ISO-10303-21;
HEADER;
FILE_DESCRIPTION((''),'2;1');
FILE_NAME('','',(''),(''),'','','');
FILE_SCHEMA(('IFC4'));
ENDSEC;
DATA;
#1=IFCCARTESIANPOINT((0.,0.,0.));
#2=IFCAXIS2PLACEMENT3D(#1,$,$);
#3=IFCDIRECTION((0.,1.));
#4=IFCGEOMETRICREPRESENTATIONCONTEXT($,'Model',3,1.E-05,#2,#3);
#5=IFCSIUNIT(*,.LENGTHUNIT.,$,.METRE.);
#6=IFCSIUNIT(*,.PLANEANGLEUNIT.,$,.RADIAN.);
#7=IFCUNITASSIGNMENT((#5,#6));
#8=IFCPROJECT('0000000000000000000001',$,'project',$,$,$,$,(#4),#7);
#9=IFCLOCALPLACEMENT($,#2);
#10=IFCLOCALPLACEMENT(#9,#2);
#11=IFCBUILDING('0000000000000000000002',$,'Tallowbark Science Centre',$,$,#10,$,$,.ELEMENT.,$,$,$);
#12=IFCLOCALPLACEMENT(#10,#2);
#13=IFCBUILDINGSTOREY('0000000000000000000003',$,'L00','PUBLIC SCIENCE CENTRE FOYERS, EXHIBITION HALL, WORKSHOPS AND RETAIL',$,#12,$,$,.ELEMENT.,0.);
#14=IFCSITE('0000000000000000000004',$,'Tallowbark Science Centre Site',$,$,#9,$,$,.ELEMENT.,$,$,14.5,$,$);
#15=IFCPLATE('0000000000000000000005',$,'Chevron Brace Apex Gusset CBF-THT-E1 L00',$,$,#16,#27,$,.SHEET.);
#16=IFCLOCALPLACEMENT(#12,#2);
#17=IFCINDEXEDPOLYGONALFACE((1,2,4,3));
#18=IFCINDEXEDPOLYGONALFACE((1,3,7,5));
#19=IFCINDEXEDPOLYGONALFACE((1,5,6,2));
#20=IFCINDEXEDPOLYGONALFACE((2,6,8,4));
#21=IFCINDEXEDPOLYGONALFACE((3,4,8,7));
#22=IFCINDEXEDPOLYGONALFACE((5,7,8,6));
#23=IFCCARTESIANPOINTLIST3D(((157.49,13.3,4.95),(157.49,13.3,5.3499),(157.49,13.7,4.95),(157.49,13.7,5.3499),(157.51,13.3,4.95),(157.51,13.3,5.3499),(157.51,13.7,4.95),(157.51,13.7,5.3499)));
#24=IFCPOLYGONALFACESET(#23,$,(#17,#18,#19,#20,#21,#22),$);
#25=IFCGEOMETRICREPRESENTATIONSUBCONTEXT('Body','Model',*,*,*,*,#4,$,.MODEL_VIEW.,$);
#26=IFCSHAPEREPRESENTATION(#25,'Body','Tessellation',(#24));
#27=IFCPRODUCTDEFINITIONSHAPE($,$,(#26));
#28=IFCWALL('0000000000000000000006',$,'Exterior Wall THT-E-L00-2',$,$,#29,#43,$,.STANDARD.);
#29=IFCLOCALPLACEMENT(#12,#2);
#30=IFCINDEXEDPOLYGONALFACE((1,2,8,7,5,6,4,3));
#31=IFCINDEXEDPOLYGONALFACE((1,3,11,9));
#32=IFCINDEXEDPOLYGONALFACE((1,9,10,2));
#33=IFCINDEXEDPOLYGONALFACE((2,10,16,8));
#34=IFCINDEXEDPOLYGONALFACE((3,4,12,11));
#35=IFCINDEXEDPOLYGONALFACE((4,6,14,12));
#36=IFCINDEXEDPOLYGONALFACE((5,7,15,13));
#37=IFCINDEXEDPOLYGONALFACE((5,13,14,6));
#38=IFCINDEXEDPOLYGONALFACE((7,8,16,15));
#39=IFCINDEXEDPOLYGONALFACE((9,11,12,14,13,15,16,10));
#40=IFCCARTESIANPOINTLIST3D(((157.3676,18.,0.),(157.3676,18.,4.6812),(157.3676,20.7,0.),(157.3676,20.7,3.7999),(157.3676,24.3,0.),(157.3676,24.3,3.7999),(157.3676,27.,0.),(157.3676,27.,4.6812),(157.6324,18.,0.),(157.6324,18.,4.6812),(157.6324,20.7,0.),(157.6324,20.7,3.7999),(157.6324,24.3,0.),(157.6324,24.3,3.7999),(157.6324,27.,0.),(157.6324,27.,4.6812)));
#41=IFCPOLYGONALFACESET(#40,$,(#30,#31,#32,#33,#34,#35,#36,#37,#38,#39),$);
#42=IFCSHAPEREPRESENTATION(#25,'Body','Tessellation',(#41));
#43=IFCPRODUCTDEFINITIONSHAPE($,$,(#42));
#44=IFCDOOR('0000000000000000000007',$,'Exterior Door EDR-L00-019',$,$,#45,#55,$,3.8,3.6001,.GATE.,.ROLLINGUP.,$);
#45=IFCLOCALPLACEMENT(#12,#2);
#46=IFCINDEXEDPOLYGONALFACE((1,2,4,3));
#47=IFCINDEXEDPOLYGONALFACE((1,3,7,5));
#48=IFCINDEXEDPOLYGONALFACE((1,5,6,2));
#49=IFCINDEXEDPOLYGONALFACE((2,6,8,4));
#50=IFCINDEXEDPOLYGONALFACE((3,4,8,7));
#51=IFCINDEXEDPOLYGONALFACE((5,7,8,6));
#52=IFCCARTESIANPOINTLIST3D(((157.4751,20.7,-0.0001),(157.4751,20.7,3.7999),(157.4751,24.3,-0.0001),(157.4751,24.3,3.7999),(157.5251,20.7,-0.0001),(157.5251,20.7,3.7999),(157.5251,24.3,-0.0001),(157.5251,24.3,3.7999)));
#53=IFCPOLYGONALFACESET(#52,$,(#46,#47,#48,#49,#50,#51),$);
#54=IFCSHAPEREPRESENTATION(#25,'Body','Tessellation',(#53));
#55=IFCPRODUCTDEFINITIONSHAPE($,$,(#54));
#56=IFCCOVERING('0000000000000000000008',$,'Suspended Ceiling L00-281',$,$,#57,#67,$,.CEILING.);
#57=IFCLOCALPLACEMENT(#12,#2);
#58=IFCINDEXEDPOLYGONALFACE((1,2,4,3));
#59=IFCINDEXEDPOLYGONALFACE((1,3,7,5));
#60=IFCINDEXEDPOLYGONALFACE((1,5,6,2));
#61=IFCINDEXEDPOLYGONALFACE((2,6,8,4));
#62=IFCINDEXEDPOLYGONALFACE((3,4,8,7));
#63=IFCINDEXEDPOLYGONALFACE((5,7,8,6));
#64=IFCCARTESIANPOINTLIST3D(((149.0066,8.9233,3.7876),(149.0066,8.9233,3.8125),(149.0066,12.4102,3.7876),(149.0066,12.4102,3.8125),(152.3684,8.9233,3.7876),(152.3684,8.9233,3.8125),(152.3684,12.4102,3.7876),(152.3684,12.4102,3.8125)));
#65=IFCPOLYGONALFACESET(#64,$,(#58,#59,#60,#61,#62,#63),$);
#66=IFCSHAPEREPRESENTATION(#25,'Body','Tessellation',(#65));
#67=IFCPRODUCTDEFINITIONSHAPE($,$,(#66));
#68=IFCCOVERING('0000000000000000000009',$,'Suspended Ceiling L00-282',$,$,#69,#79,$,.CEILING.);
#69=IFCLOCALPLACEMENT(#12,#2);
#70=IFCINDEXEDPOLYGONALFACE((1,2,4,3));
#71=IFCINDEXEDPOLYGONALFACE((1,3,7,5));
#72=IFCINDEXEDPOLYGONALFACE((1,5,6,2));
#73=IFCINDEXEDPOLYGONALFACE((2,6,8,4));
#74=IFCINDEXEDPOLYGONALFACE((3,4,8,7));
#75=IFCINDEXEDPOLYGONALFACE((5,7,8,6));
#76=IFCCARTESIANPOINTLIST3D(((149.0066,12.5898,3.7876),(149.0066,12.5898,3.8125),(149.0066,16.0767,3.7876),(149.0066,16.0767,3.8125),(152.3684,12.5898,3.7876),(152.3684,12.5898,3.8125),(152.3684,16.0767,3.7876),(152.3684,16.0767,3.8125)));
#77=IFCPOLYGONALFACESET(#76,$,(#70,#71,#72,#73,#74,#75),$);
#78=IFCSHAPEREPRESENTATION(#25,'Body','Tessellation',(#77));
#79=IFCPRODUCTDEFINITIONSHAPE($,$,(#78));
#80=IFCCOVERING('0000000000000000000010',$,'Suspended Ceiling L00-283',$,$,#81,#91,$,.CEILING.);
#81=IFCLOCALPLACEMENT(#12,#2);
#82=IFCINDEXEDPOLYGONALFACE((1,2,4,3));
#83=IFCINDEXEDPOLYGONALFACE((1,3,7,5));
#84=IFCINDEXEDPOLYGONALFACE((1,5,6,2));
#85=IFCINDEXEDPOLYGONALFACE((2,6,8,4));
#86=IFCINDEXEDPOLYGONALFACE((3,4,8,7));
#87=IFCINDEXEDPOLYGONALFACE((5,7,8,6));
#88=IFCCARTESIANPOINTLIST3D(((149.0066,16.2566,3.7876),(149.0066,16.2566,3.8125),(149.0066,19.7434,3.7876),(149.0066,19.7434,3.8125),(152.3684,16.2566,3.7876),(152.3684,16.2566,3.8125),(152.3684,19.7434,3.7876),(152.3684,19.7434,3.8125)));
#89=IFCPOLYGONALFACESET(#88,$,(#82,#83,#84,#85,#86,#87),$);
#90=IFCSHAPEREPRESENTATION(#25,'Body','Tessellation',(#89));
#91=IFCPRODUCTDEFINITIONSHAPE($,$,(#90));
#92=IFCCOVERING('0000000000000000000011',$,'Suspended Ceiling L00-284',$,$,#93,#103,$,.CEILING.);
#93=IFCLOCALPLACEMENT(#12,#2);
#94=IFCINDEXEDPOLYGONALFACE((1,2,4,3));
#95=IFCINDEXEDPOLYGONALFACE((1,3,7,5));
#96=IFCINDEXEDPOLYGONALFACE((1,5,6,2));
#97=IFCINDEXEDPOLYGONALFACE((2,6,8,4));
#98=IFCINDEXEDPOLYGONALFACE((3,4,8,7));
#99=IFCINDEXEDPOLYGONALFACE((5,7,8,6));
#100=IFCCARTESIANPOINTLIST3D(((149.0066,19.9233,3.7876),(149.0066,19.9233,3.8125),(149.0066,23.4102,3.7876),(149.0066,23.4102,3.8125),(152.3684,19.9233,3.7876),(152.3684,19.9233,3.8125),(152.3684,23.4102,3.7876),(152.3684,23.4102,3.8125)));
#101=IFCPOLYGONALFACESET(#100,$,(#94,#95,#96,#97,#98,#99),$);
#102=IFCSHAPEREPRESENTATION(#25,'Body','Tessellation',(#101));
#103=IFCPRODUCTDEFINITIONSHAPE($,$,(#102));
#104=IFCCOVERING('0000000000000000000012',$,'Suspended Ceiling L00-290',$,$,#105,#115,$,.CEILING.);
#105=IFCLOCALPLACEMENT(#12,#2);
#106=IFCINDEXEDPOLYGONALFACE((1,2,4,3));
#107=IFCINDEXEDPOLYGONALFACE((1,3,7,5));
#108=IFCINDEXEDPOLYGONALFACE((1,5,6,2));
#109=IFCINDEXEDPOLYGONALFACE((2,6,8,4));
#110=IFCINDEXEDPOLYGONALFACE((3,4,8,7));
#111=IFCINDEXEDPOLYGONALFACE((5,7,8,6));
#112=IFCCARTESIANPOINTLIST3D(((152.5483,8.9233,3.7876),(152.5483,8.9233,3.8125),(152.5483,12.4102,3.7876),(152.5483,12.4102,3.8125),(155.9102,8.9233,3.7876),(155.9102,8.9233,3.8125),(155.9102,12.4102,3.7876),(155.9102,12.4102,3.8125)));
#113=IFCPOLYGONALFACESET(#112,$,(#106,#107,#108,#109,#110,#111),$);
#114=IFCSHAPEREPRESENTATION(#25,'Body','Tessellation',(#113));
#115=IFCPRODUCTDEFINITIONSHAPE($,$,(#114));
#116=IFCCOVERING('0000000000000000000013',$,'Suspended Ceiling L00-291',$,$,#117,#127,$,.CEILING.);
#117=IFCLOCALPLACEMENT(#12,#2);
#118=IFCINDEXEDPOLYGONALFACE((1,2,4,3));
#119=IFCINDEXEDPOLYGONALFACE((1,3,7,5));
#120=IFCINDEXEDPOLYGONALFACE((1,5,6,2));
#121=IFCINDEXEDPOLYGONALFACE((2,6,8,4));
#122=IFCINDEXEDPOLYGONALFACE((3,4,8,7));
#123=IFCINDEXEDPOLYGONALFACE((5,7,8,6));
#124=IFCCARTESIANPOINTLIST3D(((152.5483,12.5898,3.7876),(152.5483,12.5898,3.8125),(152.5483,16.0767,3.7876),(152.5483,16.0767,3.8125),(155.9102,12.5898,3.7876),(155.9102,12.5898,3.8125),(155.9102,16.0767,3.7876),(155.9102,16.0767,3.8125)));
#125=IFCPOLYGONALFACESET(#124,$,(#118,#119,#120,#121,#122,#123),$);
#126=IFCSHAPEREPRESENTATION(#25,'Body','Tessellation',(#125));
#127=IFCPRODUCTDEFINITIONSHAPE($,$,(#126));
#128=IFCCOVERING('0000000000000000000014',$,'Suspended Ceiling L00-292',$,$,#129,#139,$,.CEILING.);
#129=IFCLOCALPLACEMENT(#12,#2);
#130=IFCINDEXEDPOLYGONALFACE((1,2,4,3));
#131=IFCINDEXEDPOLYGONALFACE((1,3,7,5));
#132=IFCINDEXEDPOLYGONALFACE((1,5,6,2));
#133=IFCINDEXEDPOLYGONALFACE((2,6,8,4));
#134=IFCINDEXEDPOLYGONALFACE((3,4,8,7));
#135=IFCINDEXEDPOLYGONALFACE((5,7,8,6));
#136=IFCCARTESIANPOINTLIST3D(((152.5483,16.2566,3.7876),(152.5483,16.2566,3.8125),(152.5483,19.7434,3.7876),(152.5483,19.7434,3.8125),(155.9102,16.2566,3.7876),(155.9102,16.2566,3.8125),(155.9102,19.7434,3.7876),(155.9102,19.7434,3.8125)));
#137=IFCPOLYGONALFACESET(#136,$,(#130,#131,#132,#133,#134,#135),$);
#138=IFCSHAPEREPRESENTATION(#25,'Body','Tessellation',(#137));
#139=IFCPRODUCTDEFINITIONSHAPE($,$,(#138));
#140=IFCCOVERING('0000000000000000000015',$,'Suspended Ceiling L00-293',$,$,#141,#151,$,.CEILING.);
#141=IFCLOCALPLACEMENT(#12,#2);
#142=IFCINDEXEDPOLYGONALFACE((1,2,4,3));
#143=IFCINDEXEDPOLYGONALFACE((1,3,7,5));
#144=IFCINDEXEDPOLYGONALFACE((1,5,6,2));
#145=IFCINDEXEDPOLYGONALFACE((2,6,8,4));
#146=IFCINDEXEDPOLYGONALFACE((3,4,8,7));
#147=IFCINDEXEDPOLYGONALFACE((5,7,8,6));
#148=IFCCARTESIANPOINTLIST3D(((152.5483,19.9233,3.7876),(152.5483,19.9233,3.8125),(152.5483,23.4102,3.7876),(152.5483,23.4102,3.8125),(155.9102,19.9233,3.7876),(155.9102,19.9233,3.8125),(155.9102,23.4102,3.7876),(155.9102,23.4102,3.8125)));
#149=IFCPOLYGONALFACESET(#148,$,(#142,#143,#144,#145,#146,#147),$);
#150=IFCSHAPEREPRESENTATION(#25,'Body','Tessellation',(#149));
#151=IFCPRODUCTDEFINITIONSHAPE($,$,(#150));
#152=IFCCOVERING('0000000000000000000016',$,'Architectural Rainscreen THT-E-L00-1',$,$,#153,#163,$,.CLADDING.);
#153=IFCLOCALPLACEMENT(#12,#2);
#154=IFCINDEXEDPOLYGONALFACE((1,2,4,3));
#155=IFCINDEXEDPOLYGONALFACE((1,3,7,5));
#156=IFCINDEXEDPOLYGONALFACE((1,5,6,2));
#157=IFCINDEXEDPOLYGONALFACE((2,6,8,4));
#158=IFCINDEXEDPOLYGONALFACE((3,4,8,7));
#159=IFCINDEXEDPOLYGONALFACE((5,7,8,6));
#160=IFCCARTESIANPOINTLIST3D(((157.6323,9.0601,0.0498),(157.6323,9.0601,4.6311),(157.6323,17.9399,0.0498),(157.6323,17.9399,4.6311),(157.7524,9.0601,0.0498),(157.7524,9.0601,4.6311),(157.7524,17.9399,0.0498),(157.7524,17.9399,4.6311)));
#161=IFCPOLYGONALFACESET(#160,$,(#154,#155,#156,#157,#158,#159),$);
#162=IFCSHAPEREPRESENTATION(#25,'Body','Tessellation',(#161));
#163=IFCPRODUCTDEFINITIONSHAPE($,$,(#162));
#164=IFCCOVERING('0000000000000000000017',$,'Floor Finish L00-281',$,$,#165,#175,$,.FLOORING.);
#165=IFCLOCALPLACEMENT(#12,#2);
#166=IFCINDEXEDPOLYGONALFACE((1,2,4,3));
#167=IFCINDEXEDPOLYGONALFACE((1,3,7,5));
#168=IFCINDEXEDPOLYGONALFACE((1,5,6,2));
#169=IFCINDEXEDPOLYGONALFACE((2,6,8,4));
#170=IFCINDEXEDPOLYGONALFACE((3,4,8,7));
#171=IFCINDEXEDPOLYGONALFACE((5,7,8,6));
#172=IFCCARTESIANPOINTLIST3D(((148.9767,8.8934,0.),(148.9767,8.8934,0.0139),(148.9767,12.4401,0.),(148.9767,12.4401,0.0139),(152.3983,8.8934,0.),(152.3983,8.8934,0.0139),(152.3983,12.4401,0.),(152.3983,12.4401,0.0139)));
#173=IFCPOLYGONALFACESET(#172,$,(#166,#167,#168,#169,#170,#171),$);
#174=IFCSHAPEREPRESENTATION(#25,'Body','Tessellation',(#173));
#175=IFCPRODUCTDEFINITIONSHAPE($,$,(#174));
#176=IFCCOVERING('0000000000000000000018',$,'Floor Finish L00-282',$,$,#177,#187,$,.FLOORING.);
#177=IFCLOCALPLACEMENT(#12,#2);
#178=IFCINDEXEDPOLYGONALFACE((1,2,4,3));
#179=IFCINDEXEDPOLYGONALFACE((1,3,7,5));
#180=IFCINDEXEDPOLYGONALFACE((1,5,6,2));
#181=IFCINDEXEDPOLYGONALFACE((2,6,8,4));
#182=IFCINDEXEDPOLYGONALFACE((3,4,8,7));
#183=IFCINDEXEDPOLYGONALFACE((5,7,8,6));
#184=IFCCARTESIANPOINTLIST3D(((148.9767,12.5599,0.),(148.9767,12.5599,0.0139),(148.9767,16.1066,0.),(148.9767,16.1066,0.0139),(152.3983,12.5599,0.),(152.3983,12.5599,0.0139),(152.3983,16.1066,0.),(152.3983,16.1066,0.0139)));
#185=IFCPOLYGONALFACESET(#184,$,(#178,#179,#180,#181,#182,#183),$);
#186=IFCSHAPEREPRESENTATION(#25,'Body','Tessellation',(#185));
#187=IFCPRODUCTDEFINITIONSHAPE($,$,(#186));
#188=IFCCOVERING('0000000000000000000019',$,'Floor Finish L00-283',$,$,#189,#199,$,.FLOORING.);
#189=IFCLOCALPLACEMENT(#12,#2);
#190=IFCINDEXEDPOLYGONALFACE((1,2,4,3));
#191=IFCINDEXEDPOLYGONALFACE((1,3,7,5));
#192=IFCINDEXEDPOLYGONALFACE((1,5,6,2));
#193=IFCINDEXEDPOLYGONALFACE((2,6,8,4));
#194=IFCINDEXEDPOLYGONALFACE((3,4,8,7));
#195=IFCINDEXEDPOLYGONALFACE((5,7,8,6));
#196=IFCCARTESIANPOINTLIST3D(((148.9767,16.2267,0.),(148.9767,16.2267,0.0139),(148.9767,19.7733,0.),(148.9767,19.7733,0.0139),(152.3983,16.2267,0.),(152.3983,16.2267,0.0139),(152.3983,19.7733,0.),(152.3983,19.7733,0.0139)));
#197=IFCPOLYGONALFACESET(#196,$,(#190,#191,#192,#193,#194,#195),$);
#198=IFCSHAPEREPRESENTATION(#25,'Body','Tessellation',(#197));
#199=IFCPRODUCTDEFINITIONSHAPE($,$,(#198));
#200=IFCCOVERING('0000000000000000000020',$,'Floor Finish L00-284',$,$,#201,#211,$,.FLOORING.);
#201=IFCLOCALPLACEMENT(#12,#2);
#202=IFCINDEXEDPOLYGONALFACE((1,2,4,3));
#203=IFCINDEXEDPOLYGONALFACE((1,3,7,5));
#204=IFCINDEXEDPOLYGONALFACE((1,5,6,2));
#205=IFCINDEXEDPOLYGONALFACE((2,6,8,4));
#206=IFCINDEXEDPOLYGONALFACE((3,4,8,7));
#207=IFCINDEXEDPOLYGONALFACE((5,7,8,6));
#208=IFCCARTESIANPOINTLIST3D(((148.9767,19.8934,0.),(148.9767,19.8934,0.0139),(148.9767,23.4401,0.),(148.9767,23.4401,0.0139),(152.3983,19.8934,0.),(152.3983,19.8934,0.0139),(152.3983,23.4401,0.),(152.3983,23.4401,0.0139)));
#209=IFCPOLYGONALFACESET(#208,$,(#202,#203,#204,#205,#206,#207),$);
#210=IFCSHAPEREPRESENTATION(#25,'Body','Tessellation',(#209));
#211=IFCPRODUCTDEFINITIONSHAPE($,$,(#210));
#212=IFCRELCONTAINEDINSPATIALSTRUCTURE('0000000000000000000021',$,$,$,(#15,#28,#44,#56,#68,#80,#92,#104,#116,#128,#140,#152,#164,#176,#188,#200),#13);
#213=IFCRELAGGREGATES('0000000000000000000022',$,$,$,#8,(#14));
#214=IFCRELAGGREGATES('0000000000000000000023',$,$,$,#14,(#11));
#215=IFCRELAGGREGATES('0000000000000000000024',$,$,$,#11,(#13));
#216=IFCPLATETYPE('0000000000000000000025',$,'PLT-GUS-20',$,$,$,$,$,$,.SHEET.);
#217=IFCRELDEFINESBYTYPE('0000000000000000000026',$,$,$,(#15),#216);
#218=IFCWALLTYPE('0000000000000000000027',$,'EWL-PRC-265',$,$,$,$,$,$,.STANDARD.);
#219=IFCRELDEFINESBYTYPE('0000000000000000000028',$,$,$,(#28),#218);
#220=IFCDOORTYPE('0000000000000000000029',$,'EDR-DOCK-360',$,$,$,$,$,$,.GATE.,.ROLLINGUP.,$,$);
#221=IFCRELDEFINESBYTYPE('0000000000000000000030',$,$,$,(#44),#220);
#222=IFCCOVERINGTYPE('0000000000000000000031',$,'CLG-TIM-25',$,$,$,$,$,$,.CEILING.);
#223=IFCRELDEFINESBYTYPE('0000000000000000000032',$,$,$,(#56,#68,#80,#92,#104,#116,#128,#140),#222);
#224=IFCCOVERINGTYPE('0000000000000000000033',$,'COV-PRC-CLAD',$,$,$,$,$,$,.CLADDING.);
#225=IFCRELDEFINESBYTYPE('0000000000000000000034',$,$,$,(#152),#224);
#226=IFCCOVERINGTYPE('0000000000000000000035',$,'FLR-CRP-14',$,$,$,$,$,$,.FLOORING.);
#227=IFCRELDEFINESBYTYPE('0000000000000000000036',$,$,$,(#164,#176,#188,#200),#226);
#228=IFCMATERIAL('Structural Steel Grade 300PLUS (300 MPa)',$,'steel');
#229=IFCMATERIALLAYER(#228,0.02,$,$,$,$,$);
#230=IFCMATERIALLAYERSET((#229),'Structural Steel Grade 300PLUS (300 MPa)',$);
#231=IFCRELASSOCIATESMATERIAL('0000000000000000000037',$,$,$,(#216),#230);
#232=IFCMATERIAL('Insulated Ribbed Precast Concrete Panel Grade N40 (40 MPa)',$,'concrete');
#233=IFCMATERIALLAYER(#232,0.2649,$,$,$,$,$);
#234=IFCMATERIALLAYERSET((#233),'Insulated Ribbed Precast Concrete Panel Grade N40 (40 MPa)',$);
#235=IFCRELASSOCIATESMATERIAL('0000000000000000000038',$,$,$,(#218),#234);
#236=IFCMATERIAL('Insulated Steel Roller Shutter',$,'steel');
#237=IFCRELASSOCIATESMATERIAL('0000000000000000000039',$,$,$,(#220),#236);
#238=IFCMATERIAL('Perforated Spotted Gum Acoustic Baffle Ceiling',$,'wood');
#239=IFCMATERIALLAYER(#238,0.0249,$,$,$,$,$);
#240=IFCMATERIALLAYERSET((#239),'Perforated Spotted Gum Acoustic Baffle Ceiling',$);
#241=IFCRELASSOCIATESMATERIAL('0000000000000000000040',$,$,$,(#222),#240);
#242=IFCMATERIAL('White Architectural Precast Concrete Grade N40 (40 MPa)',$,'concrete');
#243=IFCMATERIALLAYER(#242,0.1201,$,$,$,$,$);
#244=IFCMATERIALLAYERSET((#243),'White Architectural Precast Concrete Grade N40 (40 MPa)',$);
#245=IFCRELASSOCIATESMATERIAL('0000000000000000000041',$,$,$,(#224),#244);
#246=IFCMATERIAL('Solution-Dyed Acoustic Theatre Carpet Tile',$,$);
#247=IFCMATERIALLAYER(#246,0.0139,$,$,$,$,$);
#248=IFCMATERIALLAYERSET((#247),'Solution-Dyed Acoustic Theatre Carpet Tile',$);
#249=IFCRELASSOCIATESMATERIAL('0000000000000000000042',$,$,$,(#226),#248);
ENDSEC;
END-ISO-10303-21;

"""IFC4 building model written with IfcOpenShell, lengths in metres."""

from ifc_helpers import new_model, si_unit, direction, frame, frame_2d, origin, origin_2d, place, context, subcontext, project, spatial, rectangle, extrude, material, layer, layer_set, type_object, element, fill, save


model = new_model("IFC4")

# Units and contexts
model_context = context("Model", 3, precision=1e-05, world=origin(), true_north=direction((0.0, 1.0)))
body_context = subcontext(model_context, "Body", "Model", "MODEL_VIEW")
ifc_project = project(units=[si_unit("LENGTHUNIT", "METRE"), si_unit("PLANEANGLEUNIT", "RADIAN")], contexts=[model_context])

# Site, building, storey
site_placement = place(None, origin())
site = spatial("IfcSite", under=ifc_project, at=site_placement, Name="Tallowbark Science Centre Site", CompositionType="ELEMENT", RefElevation=14.5)
building_placement = place(site_placement, origin())
building = spatial("IfcBuilding", under=site, at=building_placement, Name="Tallowbark Science Centre", CompositionType="ELEMENT")
storey_placement = place(building_placement, origin())
storey = spatial("IfcBuildingStorey", under=building, at=storey_placement, Name="L00", Description="PUBLIC SCIENCE CENTRE FOYERS, EXHIBITION HALL, WORKSHOPS AND RETAIL", CompositionType="ELEMENT", Elevation=0.0)

# Shared definitions
ifc_material_1 = material(Name="Structural Steel Grade 300PLUS (300 MPa)", Category="steel")

# Plate
ifc_layer_1 = layer(ifc_material_1, 0.02)
ifc_layer_set_1 = layer_set([ifc_layer_1], Name="Structural Steel Grade 300PLUS (300 MPa)")
plate_type = type_object("IfcPlateType", Name="PLT-GUS-20", PredefinedType="SHEET", material=ifc_layer_set_1)
plate_placement = place(storey_placement, frame((157.5, 13.5, 4.95), z_axis=(0.0, 0.0, 1.0), x_axis=(0.0, 1.0, 0.0)))
element("IfcPlate", 1, at=plate_placement, inside=storey, type_object=plate_type, Name="Chevron Brace Apex Gusset CBF-THT-E1 L00", PredefinedType="SHEET", context=body_context, shape_type="SweptSolid", body=[
    extrude(rectangle(XDim=0.3999, YDim=0.02, at=origin_2d()), origin(), (0.0, 0.0, 1.0), 0.3999),
])

# Wall, opening, door
ifc_material_2 = material(Name="Insulated Ribbed Precast Concrete Panel Grade N40 (40 MPa)", Category="concrete")
ifc_layer_2 = layer(ifc_material_2, 0.2649)
ifc_layer_set_2 = layer_set([ifc_layer_2], Name="Insulated Ribbed Precast Concrete Panel Grade N40 (40 MPa)")
wall_type = type_object("IfcWallType", Name="EWL-PRC-265", PredefinedType="STANDARD", material=ifc_layer_set_2)
wall_placement = place(storey_placement, frame((157.5, 18.0, 0.0), z_axis=(0.0, 0.0, 1.0), x_axis=(0.0, 1.0, 0.0)))
wall = element("IfcWall", 2, at=wall_placement, inside=storey, type_object=wall_type, Name="Exterior Wall THT-E-L00-2", PredefinedType="STANDARD", context=body_context, shape_type="SweptSolid", body=[
    extrude(rectangle(XDim=9.0, YDim=0.2649, at=frame_2d((4.5, 0.0))), origin(), (0.0, 0.0, 1.0), 4.6812),
])
opening_placement = place(wall_placement, frame((2.7, 0.0, 0.0)))
opening = element("IfcOpeningElement", 3, at=opening_placement, cuts=wall, PredefinedType="OPENING", context=body_context, shape_type="SweptSolid", body=[
    extrude(rectangle(XDim=3.6001, YDim=3.8, at=frame_2d((1.8, 1.8999))), frame((0.0, 0.1426, 0.0), z_axis=(0.0, -1.0, 0.0), x_axis=(1.0, 0.0, 0.0)), (0.0, 0.0, 1.0), 0.2849),
])
ifc_material_3 = material(Name="Insulated Steel Roller Shutter", Category="steel")
door_type = type_object("IfcDoorType", Name="EDR-DOCK-360", OperationType="ROLLINGUP", PredefinedType="GATE", material=ifc_material_3)
door_placement = place(opening_placement, origin())
door = element("IfcDoor", 4, at=door_placement, inside=storey, type_object=door_type, Name="Exterior Door EDR-L00-019", OperationType="ROLLINGUP", OverallHeight=3.8, OverallWidth=3.6001, PredefinedType="GATE", context=body_context, shape_type="SweptSolid", body=[
    extrude(rectangle(XDim=3.6001, YDim=3.8, at=frame_2d((1.8, 1.8999))), frame((0.0, 0.0249, 0.0), z_axis=(0.0, -1.0, 0.0), x_axis=(1.0, 0.0, 0.0)), (0.0, 0.0, 1.0), 0.05),
])
fill(opening, door)

# Coverings
ifc_material_4 = material(Name="Perforated Spotted Gum Acoustic Baffle Ceiling", Category="wood")
ifc_layer_3 = layer(ifc_material_4, 0.0249)
ifc_layer_set_3 = layer_set([ifc_layer_3], Name="Perforated Spotted Gum Acoustic Baffle Ceiling")
covering_type_1 = type_object("IfcCoveringType", Name="CLG-TIM-25", PredefinedType="CEILING", material=ifc_layer_set_3)
for number, where, z_axis, x_axis, name in (
    (5, (150.6875, 10.6667, 3.7876), (0.0, 0.0, 1.0), (1.0, 0.0, 0.0), "Suspended Ceiling L00-281"),
    (6, (150.6875, 14.3333, 3.7876), (0.0, 0.0, 1.0), (1.0, 0.0, 0.0), "Suspended Ceiling L00-282"),
    (7, (150.6875, 18.0, 3.7876), (0.0, 0.0, 1.0), (1.0, 0.0, 0.0), "Suspended Ceiling L00-283"),
    (8, (150.6875, 21.6667, 3.7876), (0.0, 0.0, 1.0), (1.0, 0.0, 0.0), "Suspended Ceiling L00-284"),
    (9, (154.2292, 10.6667, 3.7876), (0.0, 0.0, 1.0), (1.0, 0.0, 0.0), "Suspended Ceiling L00-290"),
    (10, (154.2292, 14.3333, 3.7876), (0.0, 0.0, 1.0), (1.0, 0.0, 0.0), "Suspended Ceiling L00-291"),
    (11, (154.2292, 18.0, 3.7876), (0.0, 0.0, 1.0), (1.0, 0.0, 0.0), "Suspended Ceiling L00-292"),
    (12, (154.2292, 21.6667, 3.7876), (0.0, 0.0, 1.0), (1.0, 0.0, 0.0), "Suspended Ceiling L00-293"),
):
    element("IfcCovering", number, at=place(storey_placement, frame(where, z_axis=z_axis, x_axis=x_axis)), inside=storey, type_object=covering_type_1, Name=name, PredefinedType="CEILING", context=body_context, shape_type="SweptSolid", body=[
        extrude(rectangle(XDim=3.3618, YDim=3.4868, at=origin_2d()), origin(), (0.0, 0.0, 1.0), 0.0249),
    ])
ifc_material_5 = material(Name="White Architectural Precast Concrete Grade N40 (40 MPa)", Category="concrete")
ifc_layer_4 = layer(ifc_material_5, 0.1201)
ifc_layer_set_4 = layer_set([ifc_layer_4], Name="White Architectural Precast Concrete Grade N40 (40 MPa)")
covering_type_2 = type_object("IfcCoveringType", Name="COV-PRC-CLAD", PredefinedType="CLADDING", material=ifc_layer_set_4)
covering_placement = place(storey_placement, frame((157.6924, 13.5, 0.0498), z_axis=(0.0, 0.0, 1.0), x_axis=(0.0, 1.0, 0.0)))
element("IfcCovering", 13, at=covering_placement, inside=storey, type_object=covering_type_2, Name="Architectural Rainscreen THT-E-L00-1", PredefinedType="CLADDING", context=body_context, shape_type="SweptSolid", body=[
    extrude(rectangle(XDim=8.8799, YDim=0.1201, at=origin_2d()), origin(), (0.0, 0.0, 1.0), 4.5813),
])
ifc_material_6 = material(Name="Solution-Dyed Acoustic Theatre Carpet Tile")
ifc_layer_5 = layer(ifc_material_6, 0.0139)
ifc_layer_set_5 = layer_set([ifc_layer_5], Name="Solution-Dyed Acoustic Theatre Carpet Tile")
covering_type_3 = type_object("IfcCoveringType", Name="FLR-CRP-14", PredefinedType="FLOORING", material=ifc_layer_set_5)
for number, where, z_axis, x_axis, name in (
    (14, (150.6875, 10.6667, 0.0), (0.0, 0.0, 1.0), (1.0, 0.0, 0.0), "Floor Finish L00-281"),
    (15, (150.6875, 14.3333, 0.0), (0.0, 0.0, 1.0), (1.0, 0.0, 0.0), "Floor Finish L00-282"),
    (16, (150.6875, 18.0, 0.0), (0.0, 0.0, 1.0), (1.0, 0.0, 0.0), "Floor Finish L00-283"),
    (17, (150.6875, 21.6667, 0.0), (0.0, 0.0, 1.0), (1.0, 0.0, 0.0), "Floor Finish L00-284"),
):
    element("IfcCovering", number, at=place(storey_placement, frame(where, z_axis=z_axis, x_axis=x_axis)), inside=storey, type_object=covering_type_3, Name=name, PredefinedType="FLOORING", context=body_context, shape_type="SweptSolid", body=[
        extrude(rectangle(XDim=3.4216, YDim=3.5466, at=origin_2d()), origin(), (0.0, 0.0, 1.0), 0.0139),
    ])

save(model, "model.ifc")
